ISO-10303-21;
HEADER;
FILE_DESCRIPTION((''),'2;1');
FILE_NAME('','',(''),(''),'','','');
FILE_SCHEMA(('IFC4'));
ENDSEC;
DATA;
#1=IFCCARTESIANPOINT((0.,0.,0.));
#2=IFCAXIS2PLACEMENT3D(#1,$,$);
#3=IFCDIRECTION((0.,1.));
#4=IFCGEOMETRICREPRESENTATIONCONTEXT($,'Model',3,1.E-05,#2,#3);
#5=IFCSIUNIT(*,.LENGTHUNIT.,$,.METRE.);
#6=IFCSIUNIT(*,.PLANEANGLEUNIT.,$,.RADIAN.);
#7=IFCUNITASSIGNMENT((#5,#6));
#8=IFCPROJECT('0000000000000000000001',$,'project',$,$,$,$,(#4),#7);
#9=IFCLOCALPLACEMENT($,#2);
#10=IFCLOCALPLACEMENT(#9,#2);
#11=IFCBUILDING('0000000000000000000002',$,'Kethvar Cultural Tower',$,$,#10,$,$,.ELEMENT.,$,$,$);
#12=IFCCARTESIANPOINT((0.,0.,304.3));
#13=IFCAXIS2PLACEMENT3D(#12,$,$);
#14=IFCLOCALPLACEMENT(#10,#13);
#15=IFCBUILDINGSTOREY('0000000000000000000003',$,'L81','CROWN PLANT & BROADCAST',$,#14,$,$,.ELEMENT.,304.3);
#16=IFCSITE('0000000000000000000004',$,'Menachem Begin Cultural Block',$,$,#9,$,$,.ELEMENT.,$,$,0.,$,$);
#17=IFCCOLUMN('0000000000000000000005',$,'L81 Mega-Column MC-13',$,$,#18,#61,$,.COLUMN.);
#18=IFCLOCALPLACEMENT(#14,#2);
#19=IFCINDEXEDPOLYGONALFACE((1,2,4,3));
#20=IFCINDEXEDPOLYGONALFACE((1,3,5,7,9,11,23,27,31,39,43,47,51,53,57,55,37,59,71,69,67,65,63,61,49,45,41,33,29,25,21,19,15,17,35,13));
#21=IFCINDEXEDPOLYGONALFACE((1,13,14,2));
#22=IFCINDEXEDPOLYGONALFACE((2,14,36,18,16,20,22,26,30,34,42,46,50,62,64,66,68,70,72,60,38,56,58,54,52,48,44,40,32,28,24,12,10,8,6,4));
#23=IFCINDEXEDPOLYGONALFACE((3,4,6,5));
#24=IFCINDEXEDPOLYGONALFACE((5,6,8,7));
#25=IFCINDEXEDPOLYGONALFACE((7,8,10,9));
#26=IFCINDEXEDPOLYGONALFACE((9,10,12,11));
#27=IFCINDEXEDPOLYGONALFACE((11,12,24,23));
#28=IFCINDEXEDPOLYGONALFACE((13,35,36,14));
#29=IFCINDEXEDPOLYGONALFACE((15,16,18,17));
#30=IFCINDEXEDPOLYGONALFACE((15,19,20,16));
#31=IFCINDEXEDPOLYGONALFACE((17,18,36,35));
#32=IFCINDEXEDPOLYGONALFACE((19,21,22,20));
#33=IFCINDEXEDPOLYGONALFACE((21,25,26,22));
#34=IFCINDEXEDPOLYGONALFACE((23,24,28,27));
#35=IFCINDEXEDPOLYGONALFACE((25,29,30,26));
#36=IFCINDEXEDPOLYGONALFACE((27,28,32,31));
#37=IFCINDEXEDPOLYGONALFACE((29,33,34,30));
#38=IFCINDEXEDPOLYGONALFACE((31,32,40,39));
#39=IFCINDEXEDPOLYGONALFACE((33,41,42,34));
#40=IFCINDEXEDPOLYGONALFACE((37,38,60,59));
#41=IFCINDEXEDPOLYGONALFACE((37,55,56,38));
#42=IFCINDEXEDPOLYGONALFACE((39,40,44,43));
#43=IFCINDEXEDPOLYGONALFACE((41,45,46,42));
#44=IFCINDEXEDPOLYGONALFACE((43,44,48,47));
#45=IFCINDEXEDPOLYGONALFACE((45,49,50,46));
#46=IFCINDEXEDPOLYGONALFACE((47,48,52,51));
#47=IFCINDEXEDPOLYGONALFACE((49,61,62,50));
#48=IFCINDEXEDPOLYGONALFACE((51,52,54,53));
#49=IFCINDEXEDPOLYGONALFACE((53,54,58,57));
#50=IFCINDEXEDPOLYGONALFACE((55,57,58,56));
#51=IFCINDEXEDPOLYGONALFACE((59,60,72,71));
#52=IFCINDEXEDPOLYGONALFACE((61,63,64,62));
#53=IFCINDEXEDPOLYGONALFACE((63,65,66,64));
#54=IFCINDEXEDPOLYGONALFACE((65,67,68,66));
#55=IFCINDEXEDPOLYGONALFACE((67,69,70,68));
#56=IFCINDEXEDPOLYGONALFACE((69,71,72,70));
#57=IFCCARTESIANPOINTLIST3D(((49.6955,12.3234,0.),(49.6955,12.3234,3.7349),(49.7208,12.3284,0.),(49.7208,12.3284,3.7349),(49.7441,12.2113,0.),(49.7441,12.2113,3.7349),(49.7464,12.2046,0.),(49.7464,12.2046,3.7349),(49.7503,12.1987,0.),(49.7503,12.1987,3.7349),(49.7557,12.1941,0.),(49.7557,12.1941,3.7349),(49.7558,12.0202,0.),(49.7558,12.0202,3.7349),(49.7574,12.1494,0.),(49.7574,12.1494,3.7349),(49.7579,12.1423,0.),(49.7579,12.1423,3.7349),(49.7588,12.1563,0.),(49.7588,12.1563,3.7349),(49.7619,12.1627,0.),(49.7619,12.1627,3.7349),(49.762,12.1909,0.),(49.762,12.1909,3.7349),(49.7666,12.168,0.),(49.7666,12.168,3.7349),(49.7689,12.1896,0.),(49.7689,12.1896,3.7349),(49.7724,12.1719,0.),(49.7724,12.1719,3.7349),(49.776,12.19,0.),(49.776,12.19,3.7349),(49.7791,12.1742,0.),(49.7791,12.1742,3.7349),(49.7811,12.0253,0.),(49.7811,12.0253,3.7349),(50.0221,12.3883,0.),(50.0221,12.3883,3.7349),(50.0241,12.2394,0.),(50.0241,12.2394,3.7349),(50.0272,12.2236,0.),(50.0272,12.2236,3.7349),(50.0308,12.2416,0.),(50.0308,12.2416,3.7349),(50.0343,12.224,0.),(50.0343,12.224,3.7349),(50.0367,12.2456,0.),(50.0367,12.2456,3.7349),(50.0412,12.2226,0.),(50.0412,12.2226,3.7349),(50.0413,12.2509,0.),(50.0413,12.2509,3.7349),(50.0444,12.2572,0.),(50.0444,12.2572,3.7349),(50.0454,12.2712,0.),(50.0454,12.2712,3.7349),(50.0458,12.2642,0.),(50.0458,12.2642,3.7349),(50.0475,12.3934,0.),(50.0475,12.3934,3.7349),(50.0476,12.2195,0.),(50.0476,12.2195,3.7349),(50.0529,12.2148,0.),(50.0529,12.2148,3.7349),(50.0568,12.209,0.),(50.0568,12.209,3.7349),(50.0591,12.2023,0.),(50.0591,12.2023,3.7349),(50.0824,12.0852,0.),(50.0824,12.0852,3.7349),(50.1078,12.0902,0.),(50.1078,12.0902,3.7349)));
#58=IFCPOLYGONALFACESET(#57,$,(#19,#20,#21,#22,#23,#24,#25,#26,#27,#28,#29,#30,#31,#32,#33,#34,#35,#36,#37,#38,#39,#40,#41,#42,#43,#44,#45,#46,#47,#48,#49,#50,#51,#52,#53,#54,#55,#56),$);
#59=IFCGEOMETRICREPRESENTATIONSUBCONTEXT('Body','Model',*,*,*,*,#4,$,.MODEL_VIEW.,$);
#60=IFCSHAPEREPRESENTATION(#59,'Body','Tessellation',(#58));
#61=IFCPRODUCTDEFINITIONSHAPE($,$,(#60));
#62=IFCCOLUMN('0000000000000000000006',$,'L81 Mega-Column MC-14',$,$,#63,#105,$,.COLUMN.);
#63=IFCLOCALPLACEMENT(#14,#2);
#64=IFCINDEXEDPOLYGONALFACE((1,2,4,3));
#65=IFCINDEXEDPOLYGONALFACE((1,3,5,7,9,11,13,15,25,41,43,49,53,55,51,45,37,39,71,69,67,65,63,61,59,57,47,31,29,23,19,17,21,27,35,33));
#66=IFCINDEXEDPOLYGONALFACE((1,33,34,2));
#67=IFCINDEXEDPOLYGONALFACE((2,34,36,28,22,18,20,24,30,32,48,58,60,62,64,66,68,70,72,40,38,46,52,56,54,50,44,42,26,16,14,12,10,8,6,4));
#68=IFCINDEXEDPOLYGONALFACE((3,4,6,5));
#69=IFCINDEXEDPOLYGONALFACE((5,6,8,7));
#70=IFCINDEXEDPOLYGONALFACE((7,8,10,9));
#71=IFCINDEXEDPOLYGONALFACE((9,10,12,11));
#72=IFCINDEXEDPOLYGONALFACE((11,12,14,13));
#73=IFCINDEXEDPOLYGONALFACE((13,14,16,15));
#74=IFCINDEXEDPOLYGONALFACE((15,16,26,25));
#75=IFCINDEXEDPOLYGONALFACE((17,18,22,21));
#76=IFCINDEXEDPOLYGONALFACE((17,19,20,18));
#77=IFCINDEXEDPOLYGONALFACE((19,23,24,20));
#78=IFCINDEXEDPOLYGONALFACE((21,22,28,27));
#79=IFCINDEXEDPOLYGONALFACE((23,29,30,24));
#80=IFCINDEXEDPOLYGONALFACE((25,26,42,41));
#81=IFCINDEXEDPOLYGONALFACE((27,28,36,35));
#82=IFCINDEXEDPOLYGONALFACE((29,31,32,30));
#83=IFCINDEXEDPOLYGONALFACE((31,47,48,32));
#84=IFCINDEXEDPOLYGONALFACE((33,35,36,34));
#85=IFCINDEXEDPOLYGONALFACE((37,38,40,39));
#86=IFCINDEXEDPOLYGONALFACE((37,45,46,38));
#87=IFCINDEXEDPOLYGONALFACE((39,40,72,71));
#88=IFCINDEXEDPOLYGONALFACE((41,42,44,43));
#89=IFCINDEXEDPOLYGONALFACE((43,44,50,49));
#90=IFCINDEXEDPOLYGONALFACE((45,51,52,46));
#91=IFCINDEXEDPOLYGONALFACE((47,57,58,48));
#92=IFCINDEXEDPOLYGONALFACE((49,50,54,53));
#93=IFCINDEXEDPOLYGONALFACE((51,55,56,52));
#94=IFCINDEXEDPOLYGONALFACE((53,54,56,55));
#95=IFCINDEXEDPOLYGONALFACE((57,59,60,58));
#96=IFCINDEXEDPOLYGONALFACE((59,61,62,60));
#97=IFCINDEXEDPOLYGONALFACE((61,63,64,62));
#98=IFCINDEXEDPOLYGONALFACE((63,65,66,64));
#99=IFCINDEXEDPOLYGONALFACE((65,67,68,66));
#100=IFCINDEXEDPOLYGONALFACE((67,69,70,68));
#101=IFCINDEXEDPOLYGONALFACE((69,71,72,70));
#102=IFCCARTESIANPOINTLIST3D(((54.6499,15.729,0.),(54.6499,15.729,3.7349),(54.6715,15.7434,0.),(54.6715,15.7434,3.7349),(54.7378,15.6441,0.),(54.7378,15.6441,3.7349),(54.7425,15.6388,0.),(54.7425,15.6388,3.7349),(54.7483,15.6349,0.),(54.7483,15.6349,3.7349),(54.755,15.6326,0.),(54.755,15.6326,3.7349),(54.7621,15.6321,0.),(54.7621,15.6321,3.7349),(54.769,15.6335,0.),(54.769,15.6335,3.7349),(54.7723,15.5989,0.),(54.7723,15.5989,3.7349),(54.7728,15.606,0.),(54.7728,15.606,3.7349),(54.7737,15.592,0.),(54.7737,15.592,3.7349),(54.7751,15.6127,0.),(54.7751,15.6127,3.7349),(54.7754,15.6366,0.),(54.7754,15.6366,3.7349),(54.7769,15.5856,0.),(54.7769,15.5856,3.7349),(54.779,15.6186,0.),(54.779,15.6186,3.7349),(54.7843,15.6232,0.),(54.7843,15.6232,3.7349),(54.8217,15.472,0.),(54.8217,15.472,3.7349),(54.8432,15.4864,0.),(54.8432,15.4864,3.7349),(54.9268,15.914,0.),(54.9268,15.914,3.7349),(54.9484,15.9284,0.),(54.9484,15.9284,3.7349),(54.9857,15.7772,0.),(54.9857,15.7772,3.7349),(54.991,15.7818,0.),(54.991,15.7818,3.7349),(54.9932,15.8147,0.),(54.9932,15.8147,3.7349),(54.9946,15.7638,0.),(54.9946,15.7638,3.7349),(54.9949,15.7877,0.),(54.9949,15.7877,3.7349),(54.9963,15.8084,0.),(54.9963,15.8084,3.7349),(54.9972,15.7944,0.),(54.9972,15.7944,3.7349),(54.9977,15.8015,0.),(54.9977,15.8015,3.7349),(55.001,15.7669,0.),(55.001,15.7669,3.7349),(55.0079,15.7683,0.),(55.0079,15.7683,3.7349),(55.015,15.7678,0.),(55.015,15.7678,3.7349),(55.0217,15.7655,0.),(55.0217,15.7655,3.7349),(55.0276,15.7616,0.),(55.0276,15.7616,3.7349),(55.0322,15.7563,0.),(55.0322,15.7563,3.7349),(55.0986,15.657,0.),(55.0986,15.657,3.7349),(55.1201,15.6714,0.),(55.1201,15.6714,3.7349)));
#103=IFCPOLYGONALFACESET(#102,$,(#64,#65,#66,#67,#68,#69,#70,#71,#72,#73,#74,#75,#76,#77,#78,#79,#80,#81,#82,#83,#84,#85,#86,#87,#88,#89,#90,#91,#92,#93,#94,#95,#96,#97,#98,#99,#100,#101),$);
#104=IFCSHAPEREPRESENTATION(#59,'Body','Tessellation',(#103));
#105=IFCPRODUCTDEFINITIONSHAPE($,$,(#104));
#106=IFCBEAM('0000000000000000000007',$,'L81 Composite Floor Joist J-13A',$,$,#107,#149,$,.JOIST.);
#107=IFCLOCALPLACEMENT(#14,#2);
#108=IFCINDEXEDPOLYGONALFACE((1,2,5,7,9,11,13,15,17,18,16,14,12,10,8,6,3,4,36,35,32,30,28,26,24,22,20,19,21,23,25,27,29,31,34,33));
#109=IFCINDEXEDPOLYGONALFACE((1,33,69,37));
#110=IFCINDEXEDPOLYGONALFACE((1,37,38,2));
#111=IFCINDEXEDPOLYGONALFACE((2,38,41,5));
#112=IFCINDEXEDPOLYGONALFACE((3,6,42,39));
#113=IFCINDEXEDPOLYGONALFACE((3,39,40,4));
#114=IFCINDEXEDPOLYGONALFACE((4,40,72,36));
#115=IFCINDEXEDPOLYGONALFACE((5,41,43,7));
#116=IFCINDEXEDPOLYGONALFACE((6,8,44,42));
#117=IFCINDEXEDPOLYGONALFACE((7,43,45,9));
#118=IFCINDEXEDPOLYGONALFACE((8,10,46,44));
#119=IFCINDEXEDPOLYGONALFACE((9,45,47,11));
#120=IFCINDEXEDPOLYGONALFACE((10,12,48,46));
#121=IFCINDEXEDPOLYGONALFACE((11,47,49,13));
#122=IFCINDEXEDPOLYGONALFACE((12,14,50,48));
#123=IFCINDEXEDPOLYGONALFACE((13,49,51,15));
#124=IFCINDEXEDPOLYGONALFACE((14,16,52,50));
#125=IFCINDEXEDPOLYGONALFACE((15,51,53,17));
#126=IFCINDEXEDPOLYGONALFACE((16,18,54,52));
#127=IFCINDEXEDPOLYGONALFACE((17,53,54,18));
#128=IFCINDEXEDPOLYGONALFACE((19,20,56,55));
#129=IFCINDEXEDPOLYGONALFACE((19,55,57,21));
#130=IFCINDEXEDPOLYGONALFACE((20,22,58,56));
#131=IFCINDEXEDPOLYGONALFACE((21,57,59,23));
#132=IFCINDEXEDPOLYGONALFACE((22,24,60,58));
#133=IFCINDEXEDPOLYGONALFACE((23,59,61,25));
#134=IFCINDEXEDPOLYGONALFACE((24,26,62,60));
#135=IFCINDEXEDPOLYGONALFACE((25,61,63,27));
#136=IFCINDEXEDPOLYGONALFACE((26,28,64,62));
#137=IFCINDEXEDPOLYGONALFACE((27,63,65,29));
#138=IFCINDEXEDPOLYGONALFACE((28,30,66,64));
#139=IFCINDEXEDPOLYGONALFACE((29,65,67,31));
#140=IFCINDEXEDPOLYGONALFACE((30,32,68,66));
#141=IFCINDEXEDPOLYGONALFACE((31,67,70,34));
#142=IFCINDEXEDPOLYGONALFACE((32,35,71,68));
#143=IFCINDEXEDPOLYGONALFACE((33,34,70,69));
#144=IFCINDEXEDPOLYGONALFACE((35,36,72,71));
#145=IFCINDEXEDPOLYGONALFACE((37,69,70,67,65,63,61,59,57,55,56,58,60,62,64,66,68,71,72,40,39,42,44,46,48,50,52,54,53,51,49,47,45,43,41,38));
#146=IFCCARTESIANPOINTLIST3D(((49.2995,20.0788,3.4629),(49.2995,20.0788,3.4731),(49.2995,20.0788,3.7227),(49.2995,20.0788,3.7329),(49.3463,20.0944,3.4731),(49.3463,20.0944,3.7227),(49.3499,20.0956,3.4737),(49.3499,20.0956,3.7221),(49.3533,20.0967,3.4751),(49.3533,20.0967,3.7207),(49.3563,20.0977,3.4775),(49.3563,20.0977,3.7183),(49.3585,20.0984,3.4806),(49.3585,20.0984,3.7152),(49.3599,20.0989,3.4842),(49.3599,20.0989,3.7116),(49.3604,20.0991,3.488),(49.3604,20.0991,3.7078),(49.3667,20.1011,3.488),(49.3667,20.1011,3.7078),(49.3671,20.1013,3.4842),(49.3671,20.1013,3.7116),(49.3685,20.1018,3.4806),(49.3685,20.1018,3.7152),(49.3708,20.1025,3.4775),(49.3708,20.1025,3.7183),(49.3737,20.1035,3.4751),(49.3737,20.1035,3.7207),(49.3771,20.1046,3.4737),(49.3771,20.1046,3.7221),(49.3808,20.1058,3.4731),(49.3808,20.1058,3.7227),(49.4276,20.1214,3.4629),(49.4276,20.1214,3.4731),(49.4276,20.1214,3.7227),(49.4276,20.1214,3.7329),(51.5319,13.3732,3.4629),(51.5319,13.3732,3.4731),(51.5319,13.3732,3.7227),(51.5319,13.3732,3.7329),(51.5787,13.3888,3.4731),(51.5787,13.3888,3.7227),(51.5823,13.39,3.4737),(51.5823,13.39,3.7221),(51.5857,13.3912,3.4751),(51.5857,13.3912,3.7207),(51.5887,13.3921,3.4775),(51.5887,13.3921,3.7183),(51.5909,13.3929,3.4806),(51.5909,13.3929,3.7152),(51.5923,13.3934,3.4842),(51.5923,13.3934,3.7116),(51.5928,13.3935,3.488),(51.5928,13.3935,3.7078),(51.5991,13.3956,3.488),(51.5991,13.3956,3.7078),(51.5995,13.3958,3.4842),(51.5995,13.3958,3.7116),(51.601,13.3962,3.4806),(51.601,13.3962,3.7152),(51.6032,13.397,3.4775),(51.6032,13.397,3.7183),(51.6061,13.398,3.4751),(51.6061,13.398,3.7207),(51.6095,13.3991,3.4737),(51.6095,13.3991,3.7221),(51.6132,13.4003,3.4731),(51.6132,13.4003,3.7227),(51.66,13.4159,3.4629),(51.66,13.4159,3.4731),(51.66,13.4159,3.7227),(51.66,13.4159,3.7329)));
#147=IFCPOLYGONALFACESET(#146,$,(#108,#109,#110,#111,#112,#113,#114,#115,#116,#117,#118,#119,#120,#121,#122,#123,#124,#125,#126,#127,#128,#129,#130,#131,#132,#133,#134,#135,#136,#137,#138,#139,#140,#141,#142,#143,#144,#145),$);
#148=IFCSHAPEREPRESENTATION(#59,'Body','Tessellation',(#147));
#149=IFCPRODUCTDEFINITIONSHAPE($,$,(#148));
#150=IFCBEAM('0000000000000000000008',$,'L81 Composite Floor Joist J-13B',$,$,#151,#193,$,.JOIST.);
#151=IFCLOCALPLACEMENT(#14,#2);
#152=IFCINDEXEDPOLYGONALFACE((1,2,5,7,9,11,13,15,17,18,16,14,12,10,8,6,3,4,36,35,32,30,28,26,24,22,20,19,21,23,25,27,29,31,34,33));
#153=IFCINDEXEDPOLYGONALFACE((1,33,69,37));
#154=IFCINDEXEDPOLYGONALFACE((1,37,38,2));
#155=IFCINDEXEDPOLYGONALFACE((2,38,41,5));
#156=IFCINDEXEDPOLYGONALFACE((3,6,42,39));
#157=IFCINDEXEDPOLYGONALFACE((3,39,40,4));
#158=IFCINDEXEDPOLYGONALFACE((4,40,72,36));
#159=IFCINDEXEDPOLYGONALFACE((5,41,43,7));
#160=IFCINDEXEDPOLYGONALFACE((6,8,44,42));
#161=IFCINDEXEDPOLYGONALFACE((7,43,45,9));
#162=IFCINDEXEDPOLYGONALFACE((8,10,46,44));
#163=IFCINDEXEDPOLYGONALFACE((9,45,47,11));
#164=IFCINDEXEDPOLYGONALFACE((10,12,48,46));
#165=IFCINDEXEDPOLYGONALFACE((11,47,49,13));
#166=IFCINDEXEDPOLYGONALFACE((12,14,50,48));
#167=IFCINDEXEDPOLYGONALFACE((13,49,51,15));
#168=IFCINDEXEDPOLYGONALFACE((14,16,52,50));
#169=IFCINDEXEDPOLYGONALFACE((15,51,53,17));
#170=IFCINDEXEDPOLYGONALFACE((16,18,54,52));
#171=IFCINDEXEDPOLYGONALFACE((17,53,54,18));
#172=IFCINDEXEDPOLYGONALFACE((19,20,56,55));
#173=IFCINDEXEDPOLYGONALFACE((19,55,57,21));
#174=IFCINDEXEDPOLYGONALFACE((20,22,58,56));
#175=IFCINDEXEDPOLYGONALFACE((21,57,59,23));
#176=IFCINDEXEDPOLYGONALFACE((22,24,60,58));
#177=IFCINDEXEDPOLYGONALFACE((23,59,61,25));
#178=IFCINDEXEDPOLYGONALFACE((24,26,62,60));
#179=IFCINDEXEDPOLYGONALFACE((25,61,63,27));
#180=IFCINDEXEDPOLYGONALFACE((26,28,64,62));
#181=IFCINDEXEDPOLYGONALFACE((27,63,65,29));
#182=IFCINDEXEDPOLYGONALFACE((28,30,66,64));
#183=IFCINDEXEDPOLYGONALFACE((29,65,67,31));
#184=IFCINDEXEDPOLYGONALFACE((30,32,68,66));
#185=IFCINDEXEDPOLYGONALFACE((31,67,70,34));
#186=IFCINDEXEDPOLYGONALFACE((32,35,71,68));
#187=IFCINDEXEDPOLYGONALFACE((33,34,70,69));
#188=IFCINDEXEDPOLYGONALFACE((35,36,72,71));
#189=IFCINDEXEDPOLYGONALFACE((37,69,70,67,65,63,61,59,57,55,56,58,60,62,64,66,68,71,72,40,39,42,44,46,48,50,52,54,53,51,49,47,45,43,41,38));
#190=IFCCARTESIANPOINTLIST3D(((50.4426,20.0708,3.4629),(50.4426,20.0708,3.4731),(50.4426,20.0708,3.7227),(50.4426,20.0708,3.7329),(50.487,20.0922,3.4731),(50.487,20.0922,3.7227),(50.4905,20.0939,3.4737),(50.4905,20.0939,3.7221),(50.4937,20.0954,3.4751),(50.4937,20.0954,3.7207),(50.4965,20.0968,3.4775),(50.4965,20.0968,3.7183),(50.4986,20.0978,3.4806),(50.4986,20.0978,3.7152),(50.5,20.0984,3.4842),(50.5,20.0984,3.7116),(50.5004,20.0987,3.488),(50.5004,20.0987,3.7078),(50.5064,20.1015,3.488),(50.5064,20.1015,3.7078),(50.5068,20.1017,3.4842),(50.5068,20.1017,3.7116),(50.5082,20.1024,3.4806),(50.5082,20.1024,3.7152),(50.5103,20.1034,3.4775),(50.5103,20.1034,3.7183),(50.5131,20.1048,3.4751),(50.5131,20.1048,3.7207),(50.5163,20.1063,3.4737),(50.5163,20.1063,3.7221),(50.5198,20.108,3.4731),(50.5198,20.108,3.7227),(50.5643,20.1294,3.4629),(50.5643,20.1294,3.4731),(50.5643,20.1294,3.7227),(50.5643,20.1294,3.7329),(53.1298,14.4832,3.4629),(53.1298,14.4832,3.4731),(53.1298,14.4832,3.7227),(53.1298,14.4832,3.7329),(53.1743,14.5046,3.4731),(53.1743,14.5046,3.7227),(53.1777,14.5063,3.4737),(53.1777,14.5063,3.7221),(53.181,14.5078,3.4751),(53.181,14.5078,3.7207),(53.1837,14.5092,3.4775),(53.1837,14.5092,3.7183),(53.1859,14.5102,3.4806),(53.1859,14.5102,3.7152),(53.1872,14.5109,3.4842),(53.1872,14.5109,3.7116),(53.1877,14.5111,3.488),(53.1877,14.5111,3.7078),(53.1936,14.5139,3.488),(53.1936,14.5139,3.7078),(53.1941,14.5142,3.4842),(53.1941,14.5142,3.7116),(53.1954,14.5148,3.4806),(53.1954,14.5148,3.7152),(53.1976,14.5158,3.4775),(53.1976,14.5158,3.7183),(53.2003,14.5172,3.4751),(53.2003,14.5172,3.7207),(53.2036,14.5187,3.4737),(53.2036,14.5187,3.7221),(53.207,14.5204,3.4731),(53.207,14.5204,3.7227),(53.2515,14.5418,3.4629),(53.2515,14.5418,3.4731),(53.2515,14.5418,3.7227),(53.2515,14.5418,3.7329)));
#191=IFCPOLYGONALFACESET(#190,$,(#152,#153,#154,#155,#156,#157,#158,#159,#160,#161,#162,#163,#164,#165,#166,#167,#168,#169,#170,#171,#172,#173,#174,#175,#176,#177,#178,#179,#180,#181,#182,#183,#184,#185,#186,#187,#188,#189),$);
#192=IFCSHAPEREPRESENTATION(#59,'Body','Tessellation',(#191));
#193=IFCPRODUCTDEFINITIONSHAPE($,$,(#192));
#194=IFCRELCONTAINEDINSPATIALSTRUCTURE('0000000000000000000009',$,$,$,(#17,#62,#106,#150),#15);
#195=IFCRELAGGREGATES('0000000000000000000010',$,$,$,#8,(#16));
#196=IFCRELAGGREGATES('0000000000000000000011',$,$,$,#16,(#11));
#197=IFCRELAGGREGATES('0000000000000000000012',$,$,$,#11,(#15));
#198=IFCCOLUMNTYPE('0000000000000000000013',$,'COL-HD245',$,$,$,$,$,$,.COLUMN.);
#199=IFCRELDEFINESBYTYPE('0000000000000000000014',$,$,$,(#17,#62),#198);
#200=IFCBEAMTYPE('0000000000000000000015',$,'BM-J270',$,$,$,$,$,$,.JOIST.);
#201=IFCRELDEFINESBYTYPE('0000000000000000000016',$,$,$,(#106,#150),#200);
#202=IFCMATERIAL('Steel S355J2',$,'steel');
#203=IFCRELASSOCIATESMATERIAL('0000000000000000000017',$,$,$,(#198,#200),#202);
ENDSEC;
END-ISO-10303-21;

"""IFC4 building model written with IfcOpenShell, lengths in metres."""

from ifc_helpers import new_model, si_unit, direction, frame, origin, origin_2d, place, context, subcontext, project, spatial, i_section, extrude, source, transform, mapped, material, material_profile, profile_set, type_object, element, save


model = new_model("IFC4")

# Units and contexts
model_context = context("Model", 3, precision=1e-05, world=origin(), true_north=direction((0.0, 1.0)))
body_context = subcontext(model_context, "Body", "Model", "MODEL_VIEW")
ifc_project = project(units=[si_unit("LENGTHUNIT", "METRE"), si_unit("PLANEANGLEUNIT", "RADIAN")], contexts=[model_context])

# Site, building, storey
site_placement = place(None, origin())
site = spatial("IfcSite", under=ifc_project, at=site_placement, Name="Menachem Begin Cultural Block", CompositionType="ELEMENT", RefElevation=0.0)
building_placement = place(site_placement, origin())
building = spatial("IfcBuilding", under=site, at=building_placement, Name="Kethvar Cultural Tower", CompositionType="ELEMENT")
storey_placement = place(building_placement, frame((0.0, 0.0, 304.3)))
storey = spatial("IfcBuildingStorey", under=building, at=storey_placement, Name="L81", Description="CROWN PLANT & BROADCAST", CompositionType="ELEMENT", Elevation=304.3)

# Columns
ifc_material_1 = material(Name="Steel S355J2", Category="steel")
ifc_material_profile_1 = material_profile(ifc_material_1, i_section(OverallWidth=0.3091, OverallDepth=0.3589, WebThickness=0.0161, FlangeThickness=0.0259, FilletRadius=0.0271, at=origin_2d()), Name="Steel S355J2 — HD320x245")
ifc_profile_set_1 = profile_set([ifc_material_profile_1], Name="Steel S355J2 — HD320x245")
column_type = type_object("IfcColumnType", Name="COL-HD245", PredefinedType="COLUMN", material=ifc_profile_set_1)
shared_shape_1 = source(origin(), body_context, "Body", "SweptSolid", [
    extrude(i_section(OverallWidth=0.3091, OverallDepth=0.3589, WebThickness=0.0161, FlangeThickness=0.0259, FilletRadius=0.0271, at=origin_2d()), origin(), (0.0, 0.0, 1.0), 3.7349),
])
for number, where, z_axis, x_axis, name in (
    (1, (49.9016, 12.2068, 0.0), (0.0, 0.0, 1.0), (0.19509, -0.980785, 0.0), "L81 Mega-Column MC-13"),
    (2, (54.885, 15.7002, 0.0), (0.0, 0.0, 1.0), (0.55557, -0.83147, 0.0), "L81 Mega-Column MC-14"),
):
    element("IfcColumn", number, at=place(storey_placement, frame(where, z_axis=z_axis, x_axis=x_axis)), inside=storey, type_object=column_type, Name=name, PredefinedType="COLUMN", context=body_context, shape_type="MappedRepresentation", body=[
        mapped(shared_shape_1, transform((0.0, 0.0, 0.0), scale=1.0)),
    ])

# Beams
ifc_material_profile_2 = material_profile(ifc_material_1, i_section(OverallWidth=0.135, OverallDepth=0.27, WebThickness=0.0066, FlangeThickness=0.0103, FilletRadius=0.0149, at=origin_2d()), Name="Steel S355J2 — IPE270")
ifc_profile_set_2 = profile_set([ifc_material_profile_2], Name="Steel S355J2 — IPE270")
beam_type_1 = type_object("IfcBeamType", Name="BM-J270", PredefinedType="JOIST", material=ifc_profile_set_2)
shared_shape_2 = source(origin(), body_context, "Body", "SweptSolid", [
    extrude(i_section(OverallWidth=0.135, OverallDepth=0.27, WebThickness=0.0066, FlangeThickness=0.0103, FilletRadius=0.0149, at=origin_2d()), origin(), (0.0, 0.0, 1.0), 7.0674),
])
beam_1_placement = place(storey_placement, frame((49.3635, 20.1001, 3.5979), z_axis=(0.315875, -0.948801, 0.0), x_axis=(0.948801, 0.315875, 0.0)))
element("IfcBeam", 3, at=beam_1_placement, inside=storey, type_object=beam_type_1, Name="L81 Composite Floor Joist J-13A", PredefinedType="JOIST", context=body_context, shape_type="MappedRepresentation", body=[
    mapped(shared_shape_2, transform((0.0, 0.0, 0.0), scale=1.0)),
])
shared_shape_3 = source(origin(), body_context, "Body", "SweptSolid", [
    extrude(i_section(OverallWidth=0.135, OverallDepth=0.27, WebThickness=0.0066, FlangeThickness=0.0103, FilletRadius=0.0149, at=origin_2d()), origin(), (0.0, 0.0, 1.0), 6.2002),
])
beam_2_placement = place(storey_placement, frame((50.5034, 20.1001, 3.5979), z_axis=(0.433411, -0.901197, 0.0), x_axis=(0.901197, 0.433411, 0.0)))
element("IfcBeam", 4, at=beam_2_placement, inside=storey, type_object=beam_type_1, Name="L81 Composite Floor Joist J-13B", PredefinedType="JOIST", context=body_context, shape_type="MappedRepresentation", body=[
    mapped(shared_shape_3, transform((0.0, 0.0, 0.0), scale=1.0)),
])

save(model, "model.ifc")
